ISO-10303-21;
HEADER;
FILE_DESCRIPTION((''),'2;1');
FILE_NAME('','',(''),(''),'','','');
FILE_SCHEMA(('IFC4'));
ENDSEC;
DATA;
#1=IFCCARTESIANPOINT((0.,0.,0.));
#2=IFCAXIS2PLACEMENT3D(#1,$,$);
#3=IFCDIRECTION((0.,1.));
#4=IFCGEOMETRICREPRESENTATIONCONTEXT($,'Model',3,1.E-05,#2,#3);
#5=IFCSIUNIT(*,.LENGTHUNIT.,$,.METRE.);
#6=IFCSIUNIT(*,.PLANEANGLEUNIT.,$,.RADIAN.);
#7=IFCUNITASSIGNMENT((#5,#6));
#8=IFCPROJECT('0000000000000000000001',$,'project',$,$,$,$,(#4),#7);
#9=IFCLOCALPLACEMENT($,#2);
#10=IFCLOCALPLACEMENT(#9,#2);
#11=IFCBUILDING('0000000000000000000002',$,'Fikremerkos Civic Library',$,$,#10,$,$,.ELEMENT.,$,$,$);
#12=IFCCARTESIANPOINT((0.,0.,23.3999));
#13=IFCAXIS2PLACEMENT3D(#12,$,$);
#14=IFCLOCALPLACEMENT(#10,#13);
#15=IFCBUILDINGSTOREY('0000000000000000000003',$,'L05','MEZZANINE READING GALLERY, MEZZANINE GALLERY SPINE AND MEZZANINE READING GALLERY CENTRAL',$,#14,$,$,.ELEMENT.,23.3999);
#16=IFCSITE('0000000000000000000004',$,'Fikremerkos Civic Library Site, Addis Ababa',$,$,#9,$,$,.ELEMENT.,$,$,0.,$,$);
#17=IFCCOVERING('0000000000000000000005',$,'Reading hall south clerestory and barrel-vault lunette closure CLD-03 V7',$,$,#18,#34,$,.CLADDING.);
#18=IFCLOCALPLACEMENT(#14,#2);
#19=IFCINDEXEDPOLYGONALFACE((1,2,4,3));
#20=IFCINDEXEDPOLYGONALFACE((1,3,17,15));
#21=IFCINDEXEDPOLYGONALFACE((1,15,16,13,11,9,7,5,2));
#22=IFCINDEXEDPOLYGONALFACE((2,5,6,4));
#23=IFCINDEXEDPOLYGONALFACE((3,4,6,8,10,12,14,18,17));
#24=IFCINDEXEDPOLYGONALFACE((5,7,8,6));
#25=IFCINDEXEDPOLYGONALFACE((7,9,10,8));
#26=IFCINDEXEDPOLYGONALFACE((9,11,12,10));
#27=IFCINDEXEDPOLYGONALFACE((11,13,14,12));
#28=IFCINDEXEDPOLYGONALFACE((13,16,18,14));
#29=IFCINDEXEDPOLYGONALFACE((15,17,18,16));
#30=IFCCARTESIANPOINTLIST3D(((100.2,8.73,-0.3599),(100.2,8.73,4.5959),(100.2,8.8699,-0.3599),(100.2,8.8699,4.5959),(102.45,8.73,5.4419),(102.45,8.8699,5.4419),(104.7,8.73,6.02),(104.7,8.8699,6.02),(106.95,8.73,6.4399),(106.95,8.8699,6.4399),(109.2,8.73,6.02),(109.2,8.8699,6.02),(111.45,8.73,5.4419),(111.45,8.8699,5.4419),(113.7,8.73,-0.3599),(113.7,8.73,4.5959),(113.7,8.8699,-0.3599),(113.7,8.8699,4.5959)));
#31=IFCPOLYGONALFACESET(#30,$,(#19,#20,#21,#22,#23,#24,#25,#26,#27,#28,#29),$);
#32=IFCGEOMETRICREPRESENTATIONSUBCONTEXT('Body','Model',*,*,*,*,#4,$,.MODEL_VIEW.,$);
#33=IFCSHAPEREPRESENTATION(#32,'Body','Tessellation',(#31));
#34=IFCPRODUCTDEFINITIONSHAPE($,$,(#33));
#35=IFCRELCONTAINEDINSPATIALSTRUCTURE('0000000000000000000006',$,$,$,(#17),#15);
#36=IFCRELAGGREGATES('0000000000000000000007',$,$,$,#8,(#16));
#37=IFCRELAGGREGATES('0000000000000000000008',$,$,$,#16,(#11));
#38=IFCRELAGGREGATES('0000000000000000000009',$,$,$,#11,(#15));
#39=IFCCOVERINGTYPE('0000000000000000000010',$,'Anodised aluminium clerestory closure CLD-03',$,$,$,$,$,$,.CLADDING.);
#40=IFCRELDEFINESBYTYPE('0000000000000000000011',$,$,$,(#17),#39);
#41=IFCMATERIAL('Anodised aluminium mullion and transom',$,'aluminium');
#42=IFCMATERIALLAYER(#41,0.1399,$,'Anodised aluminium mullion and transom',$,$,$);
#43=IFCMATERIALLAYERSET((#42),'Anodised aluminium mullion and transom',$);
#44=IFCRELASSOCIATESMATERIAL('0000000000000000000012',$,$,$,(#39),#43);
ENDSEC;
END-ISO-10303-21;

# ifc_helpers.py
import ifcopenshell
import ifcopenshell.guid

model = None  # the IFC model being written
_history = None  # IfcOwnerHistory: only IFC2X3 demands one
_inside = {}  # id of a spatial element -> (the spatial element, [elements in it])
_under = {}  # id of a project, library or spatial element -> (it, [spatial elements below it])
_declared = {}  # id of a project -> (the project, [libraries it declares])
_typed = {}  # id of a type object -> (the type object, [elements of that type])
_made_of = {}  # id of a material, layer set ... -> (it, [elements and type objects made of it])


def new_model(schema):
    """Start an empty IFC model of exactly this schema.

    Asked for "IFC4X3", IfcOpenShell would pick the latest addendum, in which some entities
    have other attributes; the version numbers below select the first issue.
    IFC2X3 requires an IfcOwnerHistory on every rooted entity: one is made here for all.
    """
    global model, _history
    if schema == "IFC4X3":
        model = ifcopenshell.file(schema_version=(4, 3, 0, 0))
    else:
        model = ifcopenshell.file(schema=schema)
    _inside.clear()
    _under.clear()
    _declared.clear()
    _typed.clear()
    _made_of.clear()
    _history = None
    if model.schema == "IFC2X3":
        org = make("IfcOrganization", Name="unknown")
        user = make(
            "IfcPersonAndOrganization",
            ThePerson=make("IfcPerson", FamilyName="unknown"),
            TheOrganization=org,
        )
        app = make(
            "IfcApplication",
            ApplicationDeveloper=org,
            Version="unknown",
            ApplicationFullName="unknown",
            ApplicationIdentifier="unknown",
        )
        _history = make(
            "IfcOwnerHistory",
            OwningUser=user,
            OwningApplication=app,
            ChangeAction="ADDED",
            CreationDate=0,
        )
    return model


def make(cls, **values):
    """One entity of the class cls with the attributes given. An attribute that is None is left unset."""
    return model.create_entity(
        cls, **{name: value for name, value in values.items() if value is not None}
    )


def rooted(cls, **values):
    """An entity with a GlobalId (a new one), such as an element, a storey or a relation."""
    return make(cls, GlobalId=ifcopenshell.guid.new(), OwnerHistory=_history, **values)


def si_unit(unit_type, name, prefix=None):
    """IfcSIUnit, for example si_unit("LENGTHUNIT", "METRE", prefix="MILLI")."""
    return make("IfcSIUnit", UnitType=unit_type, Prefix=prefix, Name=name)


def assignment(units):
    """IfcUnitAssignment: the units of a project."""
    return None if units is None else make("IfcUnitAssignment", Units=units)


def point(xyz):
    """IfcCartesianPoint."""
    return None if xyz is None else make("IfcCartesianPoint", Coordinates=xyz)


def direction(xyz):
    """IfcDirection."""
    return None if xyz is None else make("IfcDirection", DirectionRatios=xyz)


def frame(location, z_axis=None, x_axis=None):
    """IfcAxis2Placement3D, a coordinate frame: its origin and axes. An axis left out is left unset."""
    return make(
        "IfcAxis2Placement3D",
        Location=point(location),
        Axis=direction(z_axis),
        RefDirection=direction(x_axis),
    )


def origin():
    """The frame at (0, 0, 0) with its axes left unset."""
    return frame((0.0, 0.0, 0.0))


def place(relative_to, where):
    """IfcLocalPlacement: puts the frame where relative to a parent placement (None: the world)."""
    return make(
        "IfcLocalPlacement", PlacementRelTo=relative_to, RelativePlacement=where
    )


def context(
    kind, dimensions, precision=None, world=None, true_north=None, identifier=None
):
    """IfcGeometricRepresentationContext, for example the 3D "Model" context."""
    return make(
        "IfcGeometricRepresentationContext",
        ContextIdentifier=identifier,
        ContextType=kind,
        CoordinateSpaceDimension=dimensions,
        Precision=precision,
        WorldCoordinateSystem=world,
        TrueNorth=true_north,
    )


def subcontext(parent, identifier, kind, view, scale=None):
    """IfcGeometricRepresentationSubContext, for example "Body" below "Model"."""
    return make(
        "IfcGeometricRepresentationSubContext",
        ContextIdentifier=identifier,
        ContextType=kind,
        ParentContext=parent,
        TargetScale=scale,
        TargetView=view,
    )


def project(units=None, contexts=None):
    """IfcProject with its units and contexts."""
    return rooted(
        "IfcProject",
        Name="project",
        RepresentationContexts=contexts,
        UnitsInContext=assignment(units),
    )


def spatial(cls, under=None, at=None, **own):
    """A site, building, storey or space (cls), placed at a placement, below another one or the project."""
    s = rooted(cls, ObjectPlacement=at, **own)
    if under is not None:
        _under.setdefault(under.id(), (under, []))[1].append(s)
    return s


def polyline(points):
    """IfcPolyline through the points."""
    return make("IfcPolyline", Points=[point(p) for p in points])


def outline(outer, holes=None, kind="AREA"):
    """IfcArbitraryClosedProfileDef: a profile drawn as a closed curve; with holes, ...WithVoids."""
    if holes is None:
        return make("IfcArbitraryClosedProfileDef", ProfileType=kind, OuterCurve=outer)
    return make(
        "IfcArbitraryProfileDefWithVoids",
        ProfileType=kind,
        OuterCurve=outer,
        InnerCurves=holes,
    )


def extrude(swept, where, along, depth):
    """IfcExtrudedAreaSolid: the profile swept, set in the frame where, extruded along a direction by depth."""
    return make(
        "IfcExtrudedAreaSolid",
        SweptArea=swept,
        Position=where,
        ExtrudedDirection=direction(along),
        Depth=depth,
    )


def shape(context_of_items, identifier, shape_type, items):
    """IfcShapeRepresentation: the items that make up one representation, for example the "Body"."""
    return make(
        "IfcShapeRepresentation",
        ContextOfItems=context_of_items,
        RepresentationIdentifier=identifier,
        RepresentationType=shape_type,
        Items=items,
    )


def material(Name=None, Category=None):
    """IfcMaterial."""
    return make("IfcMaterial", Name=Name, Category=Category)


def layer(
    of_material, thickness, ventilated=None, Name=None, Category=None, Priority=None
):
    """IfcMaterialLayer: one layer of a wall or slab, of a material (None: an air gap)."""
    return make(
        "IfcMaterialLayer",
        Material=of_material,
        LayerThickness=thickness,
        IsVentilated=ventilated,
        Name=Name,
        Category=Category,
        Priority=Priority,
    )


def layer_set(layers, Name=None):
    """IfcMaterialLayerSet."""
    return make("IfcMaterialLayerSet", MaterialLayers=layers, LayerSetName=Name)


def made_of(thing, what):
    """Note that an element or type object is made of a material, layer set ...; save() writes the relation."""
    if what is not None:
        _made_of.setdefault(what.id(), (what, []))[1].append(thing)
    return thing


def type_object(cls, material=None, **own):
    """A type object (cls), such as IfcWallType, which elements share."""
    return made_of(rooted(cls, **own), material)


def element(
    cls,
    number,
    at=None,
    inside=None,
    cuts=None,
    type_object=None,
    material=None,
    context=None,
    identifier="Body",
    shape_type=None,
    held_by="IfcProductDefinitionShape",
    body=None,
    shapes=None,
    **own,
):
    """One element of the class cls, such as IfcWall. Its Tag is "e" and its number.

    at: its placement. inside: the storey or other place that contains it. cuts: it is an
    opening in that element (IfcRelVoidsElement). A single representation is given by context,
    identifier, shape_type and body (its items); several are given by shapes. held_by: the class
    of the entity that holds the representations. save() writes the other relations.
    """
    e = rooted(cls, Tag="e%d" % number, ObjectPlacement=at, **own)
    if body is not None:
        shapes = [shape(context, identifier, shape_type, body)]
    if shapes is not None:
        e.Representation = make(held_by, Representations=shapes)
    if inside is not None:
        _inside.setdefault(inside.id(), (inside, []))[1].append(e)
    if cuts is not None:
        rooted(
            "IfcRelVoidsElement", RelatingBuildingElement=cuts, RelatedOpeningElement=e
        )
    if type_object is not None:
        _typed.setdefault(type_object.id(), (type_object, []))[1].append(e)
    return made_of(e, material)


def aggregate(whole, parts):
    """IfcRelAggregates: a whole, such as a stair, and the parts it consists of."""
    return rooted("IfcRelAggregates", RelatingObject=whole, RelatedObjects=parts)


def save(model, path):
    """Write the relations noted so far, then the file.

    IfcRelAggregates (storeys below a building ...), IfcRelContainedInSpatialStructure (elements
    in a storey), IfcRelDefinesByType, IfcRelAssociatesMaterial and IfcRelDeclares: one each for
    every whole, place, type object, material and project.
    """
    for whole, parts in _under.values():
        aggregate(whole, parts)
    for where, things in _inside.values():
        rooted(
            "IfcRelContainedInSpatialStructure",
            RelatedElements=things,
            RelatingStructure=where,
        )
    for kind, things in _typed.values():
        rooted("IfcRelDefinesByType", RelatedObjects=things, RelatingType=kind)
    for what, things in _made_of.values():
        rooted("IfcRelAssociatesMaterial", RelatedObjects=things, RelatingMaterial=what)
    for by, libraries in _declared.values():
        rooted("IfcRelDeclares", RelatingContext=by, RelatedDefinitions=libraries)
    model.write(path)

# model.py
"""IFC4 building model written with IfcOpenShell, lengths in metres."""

from ifc_helpers import new_model, si_unit, direction, frame, origin, place, context, subcontext, project, spatial, polyline, outline, extrude, material, layer, layer_set, type_object, element, save


model = new_model("IFC4")

# Units and contexts
model_context = context("Model", 3, precision=1e-05, world=origin(), true_north=direction((0.0, 1.0)))
body_context = subcontext(model_context, "Body", "Model", "MODEL_VIEW")
ifc_project = project(units=[si_unit("LENGTHUNIT", "METRE"), si_unit("PLANEANGLEUNIT", "RADIAN")], contexts=[model_context])

# Site, building, storey
site_placement = place(None, origin())
site = spatial("IfcSite", under=ifc_project, at=site_placement, Name="Fikremerkos Civic Library Site, Addis Ababa", CompositionType="ELEMENT", RefElevation=0.0)
building_placement = place(site_placement, origin())
building = spatial("IfcBuilding", under=site, at=building_placement, Name="Fikremerkos Civic Library", CompositionType="ELEMENT")
storey_placement = place(building_placement, frame((0.0, 0.0, 23.3999)))
storey = spatial("IfcBuildingStorey", under=building, at=storey_placement, Name="L05", Description="MEZZANINE READING GALLERY, MEZZANINE GALLERY SPINE AND MEZZANINE READING GALLERY CENTRAL", CompositionType="ELEMENT", Elevation=23.3999)

# Covering
ifc_material_1 = material(Name="Anodised aluminium mullion and transom", Category="aluminium")
ifc_layer_1 = layer(ifc_material_1, 0.1399, Name="Anodised aluminium mullion and transom")
ifc_layer_set_1 = layer_set([ifc_layer_1], Name="Anodised aluminium mullion and transom")
covering_type = type_object("IfcCoveringType", Name="Anodised aluminium clerestory closure CLD-03", PredefinedType="CLADDING", material=ifc_layer_set_1)
covering_placement = place(storey_placement, frame((100.2, 8.8, -0.3599), z_axis=(0.0, 0.0, 1.0), x_axis=(1.0, 0.0, 0.0)))
element("IfcCovering", 1, at=covering_placement, inside=storey, type_object=covering_type, Name="Reading hall south clerestory and barrel-vault lunette closure CLD-03 V7", PredefinedType="CLADDING", context=body_context, shape_type="SweptSolid", body=[
    extrude(outline(polyline([(0.0, 0.0), (13.5, 0.0), (13.5, 4.9558), (11.25, 5.8018), (9.0, 6.3799), (6.75, 6.7998), (4.5, 6.3799), (2.25, 5.8018), (0.0, 4.9558), (0.0, 0.0)])), frame((0.0, 0.0698, 0.0), z_axis=(0.0, -1.0, 0.0), x_axis=(1.0, 0.0, 0.0)), (0.0, 0.0, 1.0), 0.1399),
])

save(model, "model.ifc")
